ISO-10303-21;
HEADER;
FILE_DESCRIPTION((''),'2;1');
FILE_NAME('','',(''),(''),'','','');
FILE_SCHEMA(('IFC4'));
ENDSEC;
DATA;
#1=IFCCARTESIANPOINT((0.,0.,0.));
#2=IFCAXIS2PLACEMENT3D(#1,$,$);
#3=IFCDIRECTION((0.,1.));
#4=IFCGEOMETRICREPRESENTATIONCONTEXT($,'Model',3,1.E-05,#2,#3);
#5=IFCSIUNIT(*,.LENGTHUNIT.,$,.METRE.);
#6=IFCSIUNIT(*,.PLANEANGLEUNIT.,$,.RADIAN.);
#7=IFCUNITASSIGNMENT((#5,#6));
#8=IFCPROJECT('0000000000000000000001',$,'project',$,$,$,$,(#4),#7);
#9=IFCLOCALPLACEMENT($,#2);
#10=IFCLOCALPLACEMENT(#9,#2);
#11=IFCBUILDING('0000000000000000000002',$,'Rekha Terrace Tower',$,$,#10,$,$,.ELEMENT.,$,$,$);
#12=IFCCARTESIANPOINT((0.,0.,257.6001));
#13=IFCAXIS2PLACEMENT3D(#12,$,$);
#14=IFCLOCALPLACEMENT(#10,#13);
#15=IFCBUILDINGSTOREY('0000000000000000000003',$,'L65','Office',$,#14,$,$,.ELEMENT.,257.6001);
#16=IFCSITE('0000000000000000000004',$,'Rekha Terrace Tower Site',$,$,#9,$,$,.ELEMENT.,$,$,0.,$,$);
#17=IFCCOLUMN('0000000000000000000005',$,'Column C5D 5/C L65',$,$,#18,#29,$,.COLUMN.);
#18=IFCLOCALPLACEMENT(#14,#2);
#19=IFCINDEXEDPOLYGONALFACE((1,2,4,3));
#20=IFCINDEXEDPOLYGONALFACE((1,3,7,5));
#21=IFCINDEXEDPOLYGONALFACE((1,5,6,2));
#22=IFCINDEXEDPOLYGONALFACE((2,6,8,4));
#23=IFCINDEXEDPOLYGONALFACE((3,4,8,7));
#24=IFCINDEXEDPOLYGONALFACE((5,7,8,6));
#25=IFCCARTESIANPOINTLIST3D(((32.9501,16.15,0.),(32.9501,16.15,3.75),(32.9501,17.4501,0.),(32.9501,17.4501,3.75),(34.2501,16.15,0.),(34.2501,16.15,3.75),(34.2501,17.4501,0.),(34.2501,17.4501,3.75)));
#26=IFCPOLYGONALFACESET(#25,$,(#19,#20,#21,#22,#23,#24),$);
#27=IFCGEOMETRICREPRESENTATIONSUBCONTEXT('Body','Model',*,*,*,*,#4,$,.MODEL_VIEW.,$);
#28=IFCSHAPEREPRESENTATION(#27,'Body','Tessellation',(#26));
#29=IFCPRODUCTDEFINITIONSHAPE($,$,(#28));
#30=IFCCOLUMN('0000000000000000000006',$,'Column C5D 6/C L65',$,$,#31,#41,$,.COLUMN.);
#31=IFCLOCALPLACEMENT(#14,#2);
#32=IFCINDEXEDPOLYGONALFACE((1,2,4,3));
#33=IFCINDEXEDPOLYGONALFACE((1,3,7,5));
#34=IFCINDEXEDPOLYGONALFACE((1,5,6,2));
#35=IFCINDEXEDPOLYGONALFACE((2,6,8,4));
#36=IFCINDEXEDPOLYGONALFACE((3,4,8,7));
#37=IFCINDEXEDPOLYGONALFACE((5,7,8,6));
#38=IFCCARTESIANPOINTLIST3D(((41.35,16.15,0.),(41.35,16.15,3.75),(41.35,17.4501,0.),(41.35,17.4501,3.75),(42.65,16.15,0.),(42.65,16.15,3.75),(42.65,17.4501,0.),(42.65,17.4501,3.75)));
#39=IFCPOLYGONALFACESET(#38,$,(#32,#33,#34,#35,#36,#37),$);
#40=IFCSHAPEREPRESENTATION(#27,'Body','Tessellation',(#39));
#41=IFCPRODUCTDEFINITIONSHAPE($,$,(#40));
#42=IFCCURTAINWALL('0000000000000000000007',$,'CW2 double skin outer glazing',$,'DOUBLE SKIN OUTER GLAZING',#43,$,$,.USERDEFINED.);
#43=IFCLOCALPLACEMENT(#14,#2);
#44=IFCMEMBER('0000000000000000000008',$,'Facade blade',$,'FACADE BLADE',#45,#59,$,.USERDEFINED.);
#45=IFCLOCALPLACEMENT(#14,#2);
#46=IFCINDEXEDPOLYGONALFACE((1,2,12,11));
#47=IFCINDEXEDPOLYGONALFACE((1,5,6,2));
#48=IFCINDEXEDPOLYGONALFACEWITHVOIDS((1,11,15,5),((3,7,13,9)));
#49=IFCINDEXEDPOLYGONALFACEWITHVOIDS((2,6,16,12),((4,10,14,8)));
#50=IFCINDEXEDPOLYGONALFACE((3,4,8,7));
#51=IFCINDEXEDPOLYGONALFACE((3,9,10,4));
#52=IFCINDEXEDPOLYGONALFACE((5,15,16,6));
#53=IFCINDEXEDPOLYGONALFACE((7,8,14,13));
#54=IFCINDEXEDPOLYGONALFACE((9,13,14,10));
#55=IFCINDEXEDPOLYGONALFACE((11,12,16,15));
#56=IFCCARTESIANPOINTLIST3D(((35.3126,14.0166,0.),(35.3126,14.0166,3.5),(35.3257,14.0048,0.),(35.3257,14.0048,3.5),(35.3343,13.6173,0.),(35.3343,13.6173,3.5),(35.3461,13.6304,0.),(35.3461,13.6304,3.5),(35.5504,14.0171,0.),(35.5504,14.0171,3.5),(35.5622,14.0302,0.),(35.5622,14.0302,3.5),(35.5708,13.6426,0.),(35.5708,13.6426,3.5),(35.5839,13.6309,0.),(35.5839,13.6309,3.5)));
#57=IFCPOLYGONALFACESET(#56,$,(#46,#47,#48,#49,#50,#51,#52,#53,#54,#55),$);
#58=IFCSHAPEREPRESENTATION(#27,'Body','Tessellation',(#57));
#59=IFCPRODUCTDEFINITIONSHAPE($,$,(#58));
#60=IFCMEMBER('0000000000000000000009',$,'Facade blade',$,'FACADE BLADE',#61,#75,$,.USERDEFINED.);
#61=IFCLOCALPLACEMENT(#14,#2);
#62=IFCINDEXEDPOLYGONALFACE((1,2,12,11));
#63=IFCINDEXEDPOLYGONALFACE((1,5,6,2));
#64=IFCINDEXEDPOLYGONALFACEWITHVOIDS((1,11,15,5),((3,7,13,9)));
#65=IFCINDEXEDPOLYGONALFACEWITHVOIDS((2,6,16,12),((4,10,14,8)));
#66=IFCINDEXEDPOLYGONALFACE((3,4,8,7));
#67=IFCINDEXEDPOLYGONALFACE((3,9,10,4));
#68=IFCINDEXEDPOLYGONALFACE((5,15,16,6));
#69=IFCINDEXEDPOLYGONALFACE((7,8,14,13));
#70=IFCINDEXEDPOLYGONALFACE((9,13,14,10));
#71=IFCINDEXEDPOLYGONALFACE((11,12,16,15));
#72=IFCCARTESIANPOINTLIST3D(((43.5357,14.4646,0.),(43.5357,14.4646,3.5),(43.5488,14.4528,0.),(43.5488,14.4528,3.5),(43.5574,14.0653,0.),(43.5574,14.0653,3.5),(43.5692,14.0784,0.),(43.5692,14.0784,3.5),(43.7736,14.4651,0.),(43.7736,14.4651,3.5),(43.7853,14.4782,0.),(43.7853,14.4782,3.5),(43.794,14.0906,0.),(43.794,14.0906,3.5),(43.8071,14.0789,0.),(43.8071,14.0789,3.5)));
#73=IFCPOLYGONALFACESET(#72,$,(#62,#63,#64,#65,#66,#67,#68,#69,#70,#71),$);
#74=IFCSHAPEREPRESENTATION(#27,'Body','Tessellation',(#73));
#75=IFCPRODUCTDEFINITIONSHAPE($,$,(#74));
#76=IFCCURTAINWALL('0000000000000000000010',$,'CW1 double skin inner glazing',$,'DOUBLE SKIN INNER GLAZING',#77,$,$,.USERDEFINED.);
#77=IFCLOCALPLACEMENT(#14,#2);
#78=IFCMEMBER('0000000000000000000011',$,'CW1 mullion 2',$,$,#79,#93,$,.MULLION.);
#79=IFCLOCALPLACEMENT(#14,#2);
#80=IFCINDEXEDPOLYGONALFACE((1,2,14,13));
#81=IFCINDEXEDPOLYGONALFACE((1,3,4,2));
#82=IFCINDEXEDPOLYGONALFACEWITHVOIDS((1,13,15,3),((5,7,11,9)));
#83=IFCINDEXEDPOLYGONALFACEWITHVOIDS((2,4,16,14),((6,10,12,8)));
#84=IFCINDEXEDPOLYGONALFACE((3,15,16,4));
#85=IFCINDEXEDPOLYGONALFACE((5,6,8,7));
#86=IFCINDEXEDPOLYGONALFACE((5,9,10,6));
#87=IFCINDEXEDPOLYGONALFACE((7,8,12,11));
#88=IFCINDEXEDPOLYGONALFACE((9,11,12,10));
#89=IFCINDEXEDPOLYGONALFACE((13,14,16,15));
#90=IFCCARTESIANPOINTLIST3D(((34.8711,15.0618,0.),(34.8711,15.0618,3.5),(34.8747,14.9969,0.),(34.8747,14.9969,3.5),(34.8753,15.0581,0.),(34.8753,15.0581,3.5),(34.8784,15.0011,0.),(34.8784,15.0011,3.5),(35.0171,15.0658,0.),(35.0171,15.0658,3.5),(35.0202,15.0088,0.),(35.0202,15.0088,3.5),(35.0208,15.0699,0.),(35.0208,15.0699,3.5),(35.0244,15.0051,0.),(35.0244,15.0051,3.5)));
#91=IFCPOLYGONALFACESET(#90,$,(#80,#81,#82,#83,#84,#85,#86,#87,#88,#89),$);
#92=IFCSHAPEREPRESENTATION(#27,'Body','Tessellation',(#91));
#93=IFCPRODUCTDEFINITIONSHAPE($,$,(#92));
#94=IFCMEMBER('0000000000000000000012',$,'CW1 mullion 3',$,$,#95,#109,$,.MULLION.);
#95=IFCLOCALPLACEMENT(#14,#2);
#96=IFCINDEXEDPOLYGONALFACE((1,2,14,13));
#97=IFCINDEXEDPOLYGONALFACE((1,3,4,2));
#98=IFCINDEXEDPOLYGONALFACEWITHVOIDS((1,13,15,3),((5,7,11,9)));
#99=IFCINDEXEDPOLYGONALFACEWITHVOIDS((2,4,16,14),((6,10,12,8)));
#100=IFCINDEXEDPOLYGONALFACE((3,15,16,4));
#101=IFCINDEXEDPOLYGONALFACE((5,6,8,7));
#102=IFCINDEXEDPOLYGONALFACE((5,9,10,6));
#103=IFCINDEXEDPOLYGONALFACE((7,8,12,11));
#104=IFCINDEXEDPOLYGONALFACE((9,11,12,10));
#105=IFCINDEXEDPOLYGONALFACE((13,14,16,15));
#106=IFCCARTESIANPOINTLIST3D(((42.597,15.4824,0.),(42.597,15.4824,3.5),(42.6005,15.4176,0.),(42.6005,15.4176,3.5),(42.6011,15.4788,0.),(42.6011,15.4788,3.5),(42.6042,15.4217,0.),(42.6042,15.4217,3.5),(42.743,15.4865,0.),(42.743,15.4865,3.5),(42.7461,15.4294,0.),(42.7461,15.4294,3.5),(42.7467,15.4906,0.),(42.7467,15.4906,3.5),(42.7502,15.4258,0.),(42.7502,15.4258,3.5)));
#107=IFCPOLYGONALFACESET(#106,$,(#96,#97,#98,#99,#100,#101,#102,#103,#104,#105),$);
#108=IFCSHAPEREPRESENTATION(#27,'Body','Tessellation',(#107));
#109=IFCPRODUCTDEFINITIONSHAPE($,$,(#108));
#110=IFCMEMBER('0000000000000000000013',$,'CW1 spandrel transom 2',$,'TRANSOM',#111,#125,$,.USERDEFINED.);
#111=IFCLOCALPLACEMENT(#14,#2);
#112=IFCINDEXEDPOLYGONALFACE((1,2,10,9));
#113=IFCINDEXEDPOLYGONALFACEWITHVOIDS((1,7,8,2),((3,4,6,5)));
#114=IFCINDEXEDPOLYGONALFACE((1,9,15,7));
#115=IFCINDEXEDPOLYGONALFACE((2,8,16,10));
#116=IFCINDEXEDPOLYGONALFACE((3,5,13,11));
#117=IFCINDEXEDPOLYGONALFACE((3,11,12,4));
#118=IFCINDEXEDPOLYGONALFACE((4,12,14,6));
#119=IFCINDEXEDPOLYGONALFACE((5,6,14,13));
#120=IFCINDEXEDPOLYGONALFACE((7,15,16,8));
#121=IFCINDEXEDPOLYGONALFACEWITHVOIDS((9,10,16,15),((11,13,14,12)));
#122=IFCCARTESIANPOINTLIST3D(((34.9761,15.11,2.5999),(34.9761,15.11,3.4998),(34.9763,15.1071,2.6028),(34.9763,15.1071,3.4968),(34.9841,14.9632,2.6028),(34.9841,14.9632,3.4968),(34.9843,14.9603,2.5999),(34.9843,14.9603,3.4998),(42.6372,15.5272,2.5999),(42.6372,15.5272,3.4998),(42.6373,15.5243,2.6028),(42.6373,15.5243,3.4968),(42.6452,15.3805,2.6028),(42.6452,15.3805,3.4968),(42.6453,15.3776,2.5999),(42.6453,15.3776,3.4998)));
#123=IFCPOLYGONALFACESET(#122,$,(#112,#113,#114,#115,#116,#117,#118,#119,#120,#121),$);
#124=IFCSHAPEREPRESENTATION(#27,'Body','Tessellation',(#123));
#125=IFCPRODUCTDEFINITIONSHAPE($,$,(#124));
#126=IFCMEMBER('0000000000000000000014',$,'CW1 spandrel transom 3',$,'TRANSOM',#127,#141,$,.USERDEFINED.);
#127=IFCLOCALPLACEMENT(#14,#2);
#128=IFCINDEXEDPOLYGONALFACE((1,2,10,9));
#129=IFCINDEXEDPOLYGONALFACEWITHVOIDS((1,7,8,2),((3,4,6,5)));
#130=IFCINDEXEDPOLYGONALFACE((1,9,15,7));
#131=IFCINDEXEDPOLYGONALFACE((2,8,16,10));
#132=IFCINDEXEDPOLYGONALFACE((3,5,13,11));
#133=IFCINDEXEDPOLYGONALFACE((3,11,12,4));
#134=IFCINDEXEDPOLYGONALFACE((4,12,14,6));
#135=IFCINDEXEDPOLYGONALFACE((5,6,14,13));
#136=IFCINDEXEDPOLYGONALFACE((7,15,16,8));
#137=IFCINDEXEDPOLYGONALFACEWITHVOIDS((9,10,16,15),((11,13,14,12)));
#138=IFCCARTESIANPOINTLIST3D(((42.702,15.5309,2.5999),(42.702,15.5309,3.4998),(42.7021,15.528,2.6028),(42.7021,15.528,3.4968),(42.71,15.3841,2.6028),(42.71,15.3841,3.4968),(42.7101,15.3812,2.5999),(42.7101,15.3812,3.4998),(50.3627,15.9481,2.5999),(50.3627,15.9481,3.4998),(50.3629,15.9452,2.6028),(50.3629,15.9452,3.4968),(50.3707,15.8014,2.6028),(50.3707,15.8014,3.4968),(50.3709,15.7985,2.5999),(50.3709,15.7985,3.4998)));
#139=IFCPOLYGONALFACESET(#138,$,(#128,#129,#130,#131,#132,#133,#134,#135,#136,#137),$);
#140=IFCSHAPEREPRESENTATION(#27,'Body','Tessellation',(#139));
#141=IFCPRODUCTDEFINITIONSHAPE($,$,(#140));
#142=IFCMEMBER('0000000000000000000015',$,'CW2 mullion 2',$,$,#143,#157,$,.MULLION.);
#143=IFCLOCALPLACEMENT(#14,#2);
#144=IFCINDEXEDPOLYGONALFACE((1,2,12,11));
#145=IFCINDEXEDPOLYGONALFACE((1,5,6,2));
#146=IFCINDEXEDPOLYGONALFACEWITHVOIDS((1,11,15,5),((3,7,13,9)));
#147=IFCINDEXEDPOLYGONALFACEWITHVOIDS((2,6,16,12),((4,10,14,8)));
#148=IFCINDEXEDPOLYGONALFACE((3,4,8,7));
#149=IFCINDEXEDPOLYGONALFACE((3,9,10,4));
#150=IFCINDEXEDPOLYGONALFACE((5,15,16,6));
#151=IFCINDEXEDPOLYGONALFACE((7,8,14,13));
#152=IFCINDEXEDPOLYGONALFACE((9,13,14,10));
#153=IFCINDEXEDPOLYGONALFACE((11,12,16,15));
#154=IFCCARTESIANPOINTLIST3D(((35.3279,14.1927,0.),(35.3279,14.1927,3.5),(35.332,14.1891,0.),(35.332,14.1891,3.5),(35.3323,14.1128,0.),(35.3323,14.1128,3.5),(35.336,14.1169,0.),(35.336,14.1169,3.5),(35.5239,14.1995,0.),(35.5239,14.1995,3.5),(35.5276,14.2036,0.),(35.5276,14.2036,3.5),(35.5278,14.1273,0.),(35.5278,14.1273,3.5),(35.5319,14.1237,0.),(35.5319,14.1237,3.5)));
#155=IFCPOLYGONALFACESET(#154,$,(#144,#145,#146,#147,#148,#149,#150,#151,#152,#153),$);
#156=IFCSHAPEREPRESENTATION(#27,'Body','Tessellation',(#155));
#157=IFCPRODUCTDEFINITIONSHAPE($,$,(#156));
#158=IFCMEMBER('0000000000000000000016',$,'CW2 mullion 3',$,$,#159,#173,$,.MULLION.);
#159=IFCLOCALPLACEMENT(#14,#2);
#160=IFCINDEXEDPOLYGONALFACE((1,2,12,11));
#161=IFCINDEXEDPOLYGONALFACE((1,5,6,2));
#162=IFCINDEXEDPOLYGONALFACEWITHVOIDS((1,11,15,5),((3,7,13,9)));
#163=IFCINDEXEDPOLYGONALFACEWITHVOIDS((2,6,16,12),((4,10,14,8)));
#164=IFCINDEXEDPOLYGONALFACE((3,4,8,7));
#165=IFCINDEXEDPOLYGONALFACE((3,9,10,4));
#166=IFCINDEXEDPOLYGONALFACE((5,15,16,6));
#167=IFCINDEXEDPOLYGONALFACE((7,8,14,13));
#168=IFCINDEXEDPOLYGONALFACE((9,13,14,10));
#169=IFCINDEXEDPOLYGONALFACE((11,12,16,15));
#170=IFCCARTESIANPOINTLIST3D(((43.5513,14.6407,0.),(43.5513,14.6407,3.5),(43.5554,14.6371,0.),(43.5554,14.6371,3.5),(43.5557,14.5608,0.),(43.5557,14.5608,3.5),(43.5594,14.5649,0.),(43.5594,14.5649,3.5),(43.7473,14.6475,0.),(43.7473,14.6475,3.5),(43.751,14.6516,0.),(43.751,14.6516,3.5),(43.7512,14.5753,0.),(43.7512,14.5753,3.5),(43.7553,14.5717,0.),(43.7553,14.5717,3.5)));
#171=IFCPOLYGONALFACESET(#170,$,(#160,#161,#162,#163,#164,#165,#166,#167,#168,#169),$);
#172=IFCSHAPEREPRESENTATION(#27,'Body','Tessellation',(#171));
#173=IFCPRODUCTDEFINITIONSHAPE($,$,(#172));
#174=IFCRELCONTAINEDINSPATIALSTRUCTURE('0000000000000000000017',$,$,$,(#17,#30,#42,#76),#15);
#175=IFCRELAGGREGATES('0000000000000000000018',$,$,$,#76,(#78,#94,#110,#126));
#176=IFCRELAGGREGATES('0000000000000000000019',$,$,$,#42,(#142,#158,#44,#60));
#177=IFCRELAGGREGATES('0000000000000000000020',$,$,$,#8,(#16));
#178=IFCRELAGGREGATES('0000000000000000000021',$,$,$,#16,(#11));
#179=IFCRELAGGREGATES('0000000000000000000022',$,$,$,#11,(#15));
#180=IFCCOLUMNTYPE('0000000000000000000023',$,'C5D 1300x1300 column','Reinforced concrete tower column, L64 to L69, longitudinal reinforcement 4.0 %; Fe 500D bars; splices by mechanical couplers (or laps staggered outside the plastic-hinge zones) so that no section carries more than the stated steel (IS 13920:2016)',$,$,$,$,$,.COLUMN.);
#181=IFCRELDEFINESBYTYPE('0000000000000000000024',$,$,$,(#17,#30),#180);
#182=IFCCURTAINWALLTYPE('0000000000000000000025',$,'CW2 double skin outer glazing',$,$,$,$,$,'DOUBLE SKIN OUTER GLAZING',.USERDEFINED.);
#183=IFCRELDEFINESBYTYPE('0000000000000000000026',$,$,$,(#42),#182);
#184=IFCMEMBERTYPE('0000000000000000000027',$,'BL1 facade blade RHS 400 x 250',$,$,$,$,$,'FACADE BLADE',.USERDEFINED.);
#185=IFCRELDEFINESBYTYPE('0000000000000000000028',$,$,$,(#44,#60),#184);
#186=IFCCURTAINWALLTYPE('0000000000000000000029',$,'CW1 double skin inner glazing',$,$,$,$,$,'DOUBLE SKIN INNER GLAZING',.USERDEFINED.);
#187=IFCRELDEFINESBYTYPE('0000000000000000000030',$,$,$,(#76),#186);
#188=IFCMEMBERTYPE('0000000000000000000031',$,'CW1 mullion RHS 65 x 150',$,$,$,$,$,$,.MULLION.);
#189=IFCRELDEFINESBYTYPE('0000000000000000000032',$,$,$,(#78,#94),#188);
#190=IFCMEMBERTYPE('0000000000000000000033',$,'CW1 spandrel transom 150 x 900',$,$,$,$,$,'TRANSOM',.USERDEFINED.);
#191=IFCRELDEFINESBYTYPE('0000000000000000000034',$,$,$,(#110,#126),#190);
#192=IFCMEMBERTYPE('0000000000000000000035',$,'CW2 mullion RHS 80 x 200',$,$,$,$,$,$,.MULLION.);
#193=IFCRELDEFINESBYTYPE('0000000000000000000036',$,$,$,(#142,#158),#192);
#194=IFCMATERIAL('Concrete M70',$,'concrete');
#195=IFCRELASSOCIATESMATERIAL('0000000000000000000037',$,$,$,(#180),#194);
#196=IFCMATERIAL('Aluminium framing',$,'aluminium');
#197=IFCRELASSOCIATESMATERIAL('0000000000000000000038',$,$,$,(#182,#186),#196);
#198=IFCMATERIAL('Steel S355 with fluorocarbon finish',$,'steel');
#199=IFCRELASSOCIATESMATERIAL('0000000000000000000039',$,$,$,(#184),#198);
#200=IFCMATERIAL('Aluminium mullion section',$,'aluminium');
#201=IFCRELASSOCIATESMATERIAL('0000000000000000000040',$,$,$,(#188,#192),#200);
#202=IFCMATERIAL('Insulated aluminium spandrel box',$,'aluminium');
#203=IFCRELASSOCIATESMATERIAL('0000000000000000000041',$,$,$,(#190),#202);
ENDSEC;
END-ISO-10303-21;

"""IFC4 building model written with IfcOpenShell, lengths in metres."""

from ifc_helpers import new_model, si_unit, direction, frame, origin, origin_2d, place, context, subcontext, project, spatial, rectangle, hollow_rectangle, extrude, material, material_profile, profile_set, type_object, element, aggregate, save


model = new_model("IFC4")

# Units and contexts
model_context = context("Model", 3, precision=1e-05, world=origin(), true_north=direction((0.0, 1.0)))
body_context = subcontext(model_context, "Body", "Model", "MODEL_VIEW")
ifc_project = project(units=[si_unit("LENGTHUNIT", "METRE"), si_unit("PLANEANGLEUNIT", "RADIAN")], contexts=[model_context])

# Site, building, storey
site_placement = place(None, origin())
site = spatial("IfcSite", under=ifc_project, at=site_placement, Name="Rekha Terrace Tower Site", CompositionType="ELEMENT", RefElevation=0.0)
building_placement = place(site_placement, origin())
building = spatial("IfcBuilding", under=site, at=building_placement, Name="Rekha Terrace Tower", CompositionType="ELEMENT")
storey_placement = place(building_placement, frame((0.0, 0.0, 257.6001)))
storey = spatial("IfcBuildingStorey", under=building, at=storey_placement, Name="L65", Description="Office", CompositionType="ELEMENT", Elevation=257.6001)

# Columns
ifc_material_1 = material(Name="Concrete M70", Category="concrete")
ifc_material_profile_1 = material_profile(ifc_material_1, rectangle(XDim=1.3, YDim=1.3, at=origin_2d()), Name="RC 1300x1300")
ifc_profile_set_1 = profile_set([ifc_material_profile_1], Name="Concrete M70")
column_type = type_object("IfcColumnType", Name="C5D 1300x1300 column", Description="Reinforced concrete tower column, L64 to L69, longitudinal reinforcement 4.0 %; Fe 500D bars; splices by mechanical couplers (or laps staggered outside the plastic-hinge zones) so that no section carries more than the stated steel (IS 13920:2016)", PredefinedType="COLUMN", material=ifc_profile_set_1)
for number, where, z_axis, x_axis, name in (
    (1, (33.6001, 16.8, 0.0), (0.0, 0.0, 1.0), (1.0, 0.0, 0.0), "Column C5D 5/C L65"),
    (2, (42.0, 16.8, 0.0), (0.0, 0.0, 1.0), (1.0, 0.0, 0.0), "Column C5D 6/C L65"),
):
    element("IfcColumn", number, at=place(storey_placement, frame(where, z_axis=z_axis, x_axis=x_axis)), inside=storey, type_object=column_type, Name=name, PredefinedType="COLUMN", context=body_context, shape_type="SweptSolid", body=[
        extrude(rectangle(XDim=1.3, YDim=1.3, at=origin_2d()), origin(), (0.0, 0.0, 1.0), 3.75),
    ])

# Curtain walls, members
ifc_material_2 = material(Name="Aluminium framing", Category="aluminium")
curtain_wall_type_1 = type_object("IfcCurtainWallType", Name="CW2 double skin outer glazing", ElementType="DOUBLE SKIN OUTER GLAZING", PredefinedType="USERDEFINED", material=ifc_material_2)
curtain_wall_1_placement = place(storey_placement, origin())
curtain_wall_1 = element("IfcCurtainWall", 3, at=curtain_wall_1_placement, inside=storey, type_object=curtain_wall_type_1, Name="CW2 double skin outer glazing", ObjectType="DOUBLE SKIN OUTER GLAZING", PredefinedType="USERDEFINED")
ifc_material_3 = material(Name="Steel S355 with fluorocarbon finish", Category="steel")
ifc_material_profile_2 = material_profile(ifc_material_3, hollow_rectangle(XDim=0.25, YDim=0.3999, WallThickness=0.0125, at=origin_2d()), Name="RHS400x250x12.5")
ifc_profile_set_2 = profile_set([ifc_material_profile_2], Name="Steel S355 with fluorocarbon finish")
member_type_1 = type_object("IfcMemberType", Name="BL1 facade blade RHS 400 x 250", ElementType="FACADE BLADE", PredefinedType="USERDEFINED", material=ifc_profile_set_2)
member_1_placement = place(storey_placement, frame((35.4482, 13.8237, 0.0), z_axis=(0.0, 0.0, 1.0), x_axis=(0.99852, 0.054389, 0.0)))
member_1 = element("IfcMember", 4, at=member_1_placement, type_object=member_type_1, Name="Facade blade", ObjectType="FACADE BLADE", PredefinedType="USERDEFINED", context=body_context, shape_type="SweptSolid", body=[
    extrude(hollow_rectangle(XDim=0.25, YDim=0.3999, WallThickness=0.0125, at=origin_2d()), origin(), (0.0, 0.0, 1.0), 3.5),
])
member_2_placement = place(storey_placement, frame((43.6714, 14.2717, 0.0), z_axis=(0.0, 0.0, 1.0), x_axis=(0.99852, 0.054389, 0.0)))
member_2 = element("IfcMember", 5, at=member_2_placement, type_object=member_type_1, Name="Facade blade", ObjectType="FACADE BLADE", PredefinedType="USERDEFINED", context=body_context, shape_type="SweptSolid", body=[
    extrude(hollow_rectangle(XDim=0.25, YDim=0.3999, WallThickness=0.0125, at=origin_2d()), origin(), (0.0, 0.0, 1.0), 3.5),
])
curtain_wall_type_2 = type_object("IfcCurtainWallType", Name="CW1 double skin inner glazing", ElementType="DOUBLE SKIN INNER GLAZING", PredefinedType="USERDEFINED", material=ifc_material_2)
curtain_wall_2_placement = place(storey_placement, origin())
curtain_wall_2 = element("IfcCurtainWall", 6, at=curtain_wall_2_placement, inside=storey, type_object=curtain_wall_type_2, Name="CW1 double skin inner glazing", ObjectType="DOUBLE SKIN INNER GLAZING", PredefinedType="USERDEFINED")
ifc_material_4 = material(Name="Aluminium mullion section", Category="aluminium")
ifc_material_profile_3 = material_profile(ifc_material_4, hollow_rectangle(XDim=0.0649, YDim=0.1499, WallThickness=0.0039, at=origin_2d()), Name="AL RHS 65x150")
ifc_profile_set_3 = profile_set([ifc_material_profile_3], Name="Aluminium mullion section")
member_type_2 = type_object("IfcMemberType", Name="CW1 mullion RHS 65 x 150", PredefinedType="MULLION", material=ifc_profile_set_3)
member_3_placement = place(storey_placement, frame((34.9478, 15.0334, 0.0), z_axis=(0.0, 0.0, 1.0), x_axis=(-0.054389, 0.99852, 0.0)))
member_3 = element("IfcMember", 7, at=member_3_placement, type_object=member_type_2, Name="CW1 mullion 2", PredefinedType="MULLION", context=body_context, shape_type="SweptSolid", body=[
    extrude(hollow_rectangle(XDim=0.0649, YDim=0.1499, WallThickness=0.0039, at=origin_2d()), origin(), (0.0, 0.0, 1.0), 3.5),
])
member_4_placement = place(storey_placement, frame((42.6736, 15.4541, 0.0), z_axis=(0.0, 0.0, 1.0), x_axis=(-0.054389, 0.99852, 0.0)))
member_4 = element("IfcMember", 8, at=member_4_placement, type_object=member_type_2, Name="CW1 mullion 3", PredefinedType="MULLION", context=body_context, shape_type="SweptSolid", body=[
    extrude(hollow_rectangle(XDim=0.0649, YDim=0.1499, WallThickness=0.0039, at=origin_2d()), origin(), (0.0, 0.0, 1.0), 3.5),
])
ifc_material_5 = material(Name="Insulated aluminium spandrel box", Category="aluminium")
ifc_material_profile_4 = material_profile(ifc_material_5, hollow_rectangle(XDim=0.1499, YDim=0.8999, WallThickness=0.0029, at=origin_2d()), Name="AL SPANDREL BOX 150x900")
ifc_profile_set_4 = profile_set([ifc_material_profile_4], Name="Insulated aluminium spandrel box")
member_type_3 = type_object("IfcMemberType", Name="CW1 spandrel transom 150 x 900", ElementType="TRANSOM", PredefinedType="USERDEFINED", material=ifc_profile_set_4)
member_5_placement = place(storey_placement, frame((34.9802, 15.0352, 3.0498), z_axis=(0.99852, 0.054383, 0.0), x_axis=(-0.054383, 0.99852, 0.0)))
member_5 = element("IfcMember", 9, at=member_5_placement, type_object=member_type_3, Name="CW1 spandrel transom 2", ObjectType="TRANSOM", PredefinedType="USERDEFINED", context=body_context, shape_type="SweptSolid", body=[
    extrude(hollow_rectangle(XDim=0.1499, YDim=0.8999, WallThickness=0.0029, at=origin_2d()), origin(), (0.0, 0.0, 1.0), 7.6724),
])
member_6_placement = place(storey_placement, frame((42.7061, 15.4561, 3.0498), z_axis=(0.99852, 0.054384, 0.0), x_axis=(-0.054384, 0.99852, 0.0)))
member_6 = element("IfcMember", 10, at=member_6_placement, type_object=member_type_3, Name="CW1 spandrel transom 3", ObjectType="TRANSOM", PredefinedType="USERDEFINED", context=body_context, shape_type="SweptSolid", body=[
    extrude(hollow_rectangle(XDim=0.1499, YDim=0.8999, WallThickness=0.0029, at=origin_2d()), origin(), (0.0, 0.0, 1.0), 7.6721),
])

# Members
ifc_material_profile_5 = material_profile(ifc_material_4, hollow_rectangle(XDim=0.0801, YDim=0.2, WallThickness=0.0039, at=origin_2d()), Name="AL RHS 80x200")
ifc_profile_set_5 = profile_set([ifc_material_profile_5], Name="Aluminium mullion section")
member_type_4 = type_object("IfcMemberType", Name="CW2 mullion RHS 80 x 200", PredefinedType="MULLION", material=ifc_profile_set_5)
member_7_placement = place(storey_placement, frame((35.4299, 14.1582, 0.0), z_axis=(0.0, 0.0, 1.0), x_axis=(-0.054389, 0.99852, 0.0)))
member_7 = element("IfcMember", 11, at=member_7_placement, type_object=member_type_4, Name="CW2 mullion 2", PredefinedType="MULLION", context=body_context, shape_type="SweptSolid", body=[
    extrude(hollow_rectangle(XDim=0.0801, YDim=0.2, WallThickness=0.0039, at=origin_2d()), origin(), (0.0, 0.0, 1.0), 3.5),
])
member_8_placement = place(storey_placement, frame((43.6533, 14.6062, 0.0), z_axis=(0.0, 0.0, 1.0), x_axis=(-0.054389, 0.99852, 0.0)))
member_8 = element("IfcMember", 12, at=member_8_placement, type_object=member_type_4, Name="CW2 mullion 3", PredefinedType="MULLION", context=body_context, shape_type="SweptSolid", body=[
    extrude(hollow_rectangle(XDim=0.0801, YDim=0.2, WallThickness=0.0039, at=origin_2d()), origin(), (0.0, 0.0, 1.0), 3.5),
])

aggregate(curtain_wall_2, [member_3, member_4, member_5, member_6])
aggregate(curtain_wall_1, [member_7, member_8, member_1, member_2])

save(model, "model.ifc")
